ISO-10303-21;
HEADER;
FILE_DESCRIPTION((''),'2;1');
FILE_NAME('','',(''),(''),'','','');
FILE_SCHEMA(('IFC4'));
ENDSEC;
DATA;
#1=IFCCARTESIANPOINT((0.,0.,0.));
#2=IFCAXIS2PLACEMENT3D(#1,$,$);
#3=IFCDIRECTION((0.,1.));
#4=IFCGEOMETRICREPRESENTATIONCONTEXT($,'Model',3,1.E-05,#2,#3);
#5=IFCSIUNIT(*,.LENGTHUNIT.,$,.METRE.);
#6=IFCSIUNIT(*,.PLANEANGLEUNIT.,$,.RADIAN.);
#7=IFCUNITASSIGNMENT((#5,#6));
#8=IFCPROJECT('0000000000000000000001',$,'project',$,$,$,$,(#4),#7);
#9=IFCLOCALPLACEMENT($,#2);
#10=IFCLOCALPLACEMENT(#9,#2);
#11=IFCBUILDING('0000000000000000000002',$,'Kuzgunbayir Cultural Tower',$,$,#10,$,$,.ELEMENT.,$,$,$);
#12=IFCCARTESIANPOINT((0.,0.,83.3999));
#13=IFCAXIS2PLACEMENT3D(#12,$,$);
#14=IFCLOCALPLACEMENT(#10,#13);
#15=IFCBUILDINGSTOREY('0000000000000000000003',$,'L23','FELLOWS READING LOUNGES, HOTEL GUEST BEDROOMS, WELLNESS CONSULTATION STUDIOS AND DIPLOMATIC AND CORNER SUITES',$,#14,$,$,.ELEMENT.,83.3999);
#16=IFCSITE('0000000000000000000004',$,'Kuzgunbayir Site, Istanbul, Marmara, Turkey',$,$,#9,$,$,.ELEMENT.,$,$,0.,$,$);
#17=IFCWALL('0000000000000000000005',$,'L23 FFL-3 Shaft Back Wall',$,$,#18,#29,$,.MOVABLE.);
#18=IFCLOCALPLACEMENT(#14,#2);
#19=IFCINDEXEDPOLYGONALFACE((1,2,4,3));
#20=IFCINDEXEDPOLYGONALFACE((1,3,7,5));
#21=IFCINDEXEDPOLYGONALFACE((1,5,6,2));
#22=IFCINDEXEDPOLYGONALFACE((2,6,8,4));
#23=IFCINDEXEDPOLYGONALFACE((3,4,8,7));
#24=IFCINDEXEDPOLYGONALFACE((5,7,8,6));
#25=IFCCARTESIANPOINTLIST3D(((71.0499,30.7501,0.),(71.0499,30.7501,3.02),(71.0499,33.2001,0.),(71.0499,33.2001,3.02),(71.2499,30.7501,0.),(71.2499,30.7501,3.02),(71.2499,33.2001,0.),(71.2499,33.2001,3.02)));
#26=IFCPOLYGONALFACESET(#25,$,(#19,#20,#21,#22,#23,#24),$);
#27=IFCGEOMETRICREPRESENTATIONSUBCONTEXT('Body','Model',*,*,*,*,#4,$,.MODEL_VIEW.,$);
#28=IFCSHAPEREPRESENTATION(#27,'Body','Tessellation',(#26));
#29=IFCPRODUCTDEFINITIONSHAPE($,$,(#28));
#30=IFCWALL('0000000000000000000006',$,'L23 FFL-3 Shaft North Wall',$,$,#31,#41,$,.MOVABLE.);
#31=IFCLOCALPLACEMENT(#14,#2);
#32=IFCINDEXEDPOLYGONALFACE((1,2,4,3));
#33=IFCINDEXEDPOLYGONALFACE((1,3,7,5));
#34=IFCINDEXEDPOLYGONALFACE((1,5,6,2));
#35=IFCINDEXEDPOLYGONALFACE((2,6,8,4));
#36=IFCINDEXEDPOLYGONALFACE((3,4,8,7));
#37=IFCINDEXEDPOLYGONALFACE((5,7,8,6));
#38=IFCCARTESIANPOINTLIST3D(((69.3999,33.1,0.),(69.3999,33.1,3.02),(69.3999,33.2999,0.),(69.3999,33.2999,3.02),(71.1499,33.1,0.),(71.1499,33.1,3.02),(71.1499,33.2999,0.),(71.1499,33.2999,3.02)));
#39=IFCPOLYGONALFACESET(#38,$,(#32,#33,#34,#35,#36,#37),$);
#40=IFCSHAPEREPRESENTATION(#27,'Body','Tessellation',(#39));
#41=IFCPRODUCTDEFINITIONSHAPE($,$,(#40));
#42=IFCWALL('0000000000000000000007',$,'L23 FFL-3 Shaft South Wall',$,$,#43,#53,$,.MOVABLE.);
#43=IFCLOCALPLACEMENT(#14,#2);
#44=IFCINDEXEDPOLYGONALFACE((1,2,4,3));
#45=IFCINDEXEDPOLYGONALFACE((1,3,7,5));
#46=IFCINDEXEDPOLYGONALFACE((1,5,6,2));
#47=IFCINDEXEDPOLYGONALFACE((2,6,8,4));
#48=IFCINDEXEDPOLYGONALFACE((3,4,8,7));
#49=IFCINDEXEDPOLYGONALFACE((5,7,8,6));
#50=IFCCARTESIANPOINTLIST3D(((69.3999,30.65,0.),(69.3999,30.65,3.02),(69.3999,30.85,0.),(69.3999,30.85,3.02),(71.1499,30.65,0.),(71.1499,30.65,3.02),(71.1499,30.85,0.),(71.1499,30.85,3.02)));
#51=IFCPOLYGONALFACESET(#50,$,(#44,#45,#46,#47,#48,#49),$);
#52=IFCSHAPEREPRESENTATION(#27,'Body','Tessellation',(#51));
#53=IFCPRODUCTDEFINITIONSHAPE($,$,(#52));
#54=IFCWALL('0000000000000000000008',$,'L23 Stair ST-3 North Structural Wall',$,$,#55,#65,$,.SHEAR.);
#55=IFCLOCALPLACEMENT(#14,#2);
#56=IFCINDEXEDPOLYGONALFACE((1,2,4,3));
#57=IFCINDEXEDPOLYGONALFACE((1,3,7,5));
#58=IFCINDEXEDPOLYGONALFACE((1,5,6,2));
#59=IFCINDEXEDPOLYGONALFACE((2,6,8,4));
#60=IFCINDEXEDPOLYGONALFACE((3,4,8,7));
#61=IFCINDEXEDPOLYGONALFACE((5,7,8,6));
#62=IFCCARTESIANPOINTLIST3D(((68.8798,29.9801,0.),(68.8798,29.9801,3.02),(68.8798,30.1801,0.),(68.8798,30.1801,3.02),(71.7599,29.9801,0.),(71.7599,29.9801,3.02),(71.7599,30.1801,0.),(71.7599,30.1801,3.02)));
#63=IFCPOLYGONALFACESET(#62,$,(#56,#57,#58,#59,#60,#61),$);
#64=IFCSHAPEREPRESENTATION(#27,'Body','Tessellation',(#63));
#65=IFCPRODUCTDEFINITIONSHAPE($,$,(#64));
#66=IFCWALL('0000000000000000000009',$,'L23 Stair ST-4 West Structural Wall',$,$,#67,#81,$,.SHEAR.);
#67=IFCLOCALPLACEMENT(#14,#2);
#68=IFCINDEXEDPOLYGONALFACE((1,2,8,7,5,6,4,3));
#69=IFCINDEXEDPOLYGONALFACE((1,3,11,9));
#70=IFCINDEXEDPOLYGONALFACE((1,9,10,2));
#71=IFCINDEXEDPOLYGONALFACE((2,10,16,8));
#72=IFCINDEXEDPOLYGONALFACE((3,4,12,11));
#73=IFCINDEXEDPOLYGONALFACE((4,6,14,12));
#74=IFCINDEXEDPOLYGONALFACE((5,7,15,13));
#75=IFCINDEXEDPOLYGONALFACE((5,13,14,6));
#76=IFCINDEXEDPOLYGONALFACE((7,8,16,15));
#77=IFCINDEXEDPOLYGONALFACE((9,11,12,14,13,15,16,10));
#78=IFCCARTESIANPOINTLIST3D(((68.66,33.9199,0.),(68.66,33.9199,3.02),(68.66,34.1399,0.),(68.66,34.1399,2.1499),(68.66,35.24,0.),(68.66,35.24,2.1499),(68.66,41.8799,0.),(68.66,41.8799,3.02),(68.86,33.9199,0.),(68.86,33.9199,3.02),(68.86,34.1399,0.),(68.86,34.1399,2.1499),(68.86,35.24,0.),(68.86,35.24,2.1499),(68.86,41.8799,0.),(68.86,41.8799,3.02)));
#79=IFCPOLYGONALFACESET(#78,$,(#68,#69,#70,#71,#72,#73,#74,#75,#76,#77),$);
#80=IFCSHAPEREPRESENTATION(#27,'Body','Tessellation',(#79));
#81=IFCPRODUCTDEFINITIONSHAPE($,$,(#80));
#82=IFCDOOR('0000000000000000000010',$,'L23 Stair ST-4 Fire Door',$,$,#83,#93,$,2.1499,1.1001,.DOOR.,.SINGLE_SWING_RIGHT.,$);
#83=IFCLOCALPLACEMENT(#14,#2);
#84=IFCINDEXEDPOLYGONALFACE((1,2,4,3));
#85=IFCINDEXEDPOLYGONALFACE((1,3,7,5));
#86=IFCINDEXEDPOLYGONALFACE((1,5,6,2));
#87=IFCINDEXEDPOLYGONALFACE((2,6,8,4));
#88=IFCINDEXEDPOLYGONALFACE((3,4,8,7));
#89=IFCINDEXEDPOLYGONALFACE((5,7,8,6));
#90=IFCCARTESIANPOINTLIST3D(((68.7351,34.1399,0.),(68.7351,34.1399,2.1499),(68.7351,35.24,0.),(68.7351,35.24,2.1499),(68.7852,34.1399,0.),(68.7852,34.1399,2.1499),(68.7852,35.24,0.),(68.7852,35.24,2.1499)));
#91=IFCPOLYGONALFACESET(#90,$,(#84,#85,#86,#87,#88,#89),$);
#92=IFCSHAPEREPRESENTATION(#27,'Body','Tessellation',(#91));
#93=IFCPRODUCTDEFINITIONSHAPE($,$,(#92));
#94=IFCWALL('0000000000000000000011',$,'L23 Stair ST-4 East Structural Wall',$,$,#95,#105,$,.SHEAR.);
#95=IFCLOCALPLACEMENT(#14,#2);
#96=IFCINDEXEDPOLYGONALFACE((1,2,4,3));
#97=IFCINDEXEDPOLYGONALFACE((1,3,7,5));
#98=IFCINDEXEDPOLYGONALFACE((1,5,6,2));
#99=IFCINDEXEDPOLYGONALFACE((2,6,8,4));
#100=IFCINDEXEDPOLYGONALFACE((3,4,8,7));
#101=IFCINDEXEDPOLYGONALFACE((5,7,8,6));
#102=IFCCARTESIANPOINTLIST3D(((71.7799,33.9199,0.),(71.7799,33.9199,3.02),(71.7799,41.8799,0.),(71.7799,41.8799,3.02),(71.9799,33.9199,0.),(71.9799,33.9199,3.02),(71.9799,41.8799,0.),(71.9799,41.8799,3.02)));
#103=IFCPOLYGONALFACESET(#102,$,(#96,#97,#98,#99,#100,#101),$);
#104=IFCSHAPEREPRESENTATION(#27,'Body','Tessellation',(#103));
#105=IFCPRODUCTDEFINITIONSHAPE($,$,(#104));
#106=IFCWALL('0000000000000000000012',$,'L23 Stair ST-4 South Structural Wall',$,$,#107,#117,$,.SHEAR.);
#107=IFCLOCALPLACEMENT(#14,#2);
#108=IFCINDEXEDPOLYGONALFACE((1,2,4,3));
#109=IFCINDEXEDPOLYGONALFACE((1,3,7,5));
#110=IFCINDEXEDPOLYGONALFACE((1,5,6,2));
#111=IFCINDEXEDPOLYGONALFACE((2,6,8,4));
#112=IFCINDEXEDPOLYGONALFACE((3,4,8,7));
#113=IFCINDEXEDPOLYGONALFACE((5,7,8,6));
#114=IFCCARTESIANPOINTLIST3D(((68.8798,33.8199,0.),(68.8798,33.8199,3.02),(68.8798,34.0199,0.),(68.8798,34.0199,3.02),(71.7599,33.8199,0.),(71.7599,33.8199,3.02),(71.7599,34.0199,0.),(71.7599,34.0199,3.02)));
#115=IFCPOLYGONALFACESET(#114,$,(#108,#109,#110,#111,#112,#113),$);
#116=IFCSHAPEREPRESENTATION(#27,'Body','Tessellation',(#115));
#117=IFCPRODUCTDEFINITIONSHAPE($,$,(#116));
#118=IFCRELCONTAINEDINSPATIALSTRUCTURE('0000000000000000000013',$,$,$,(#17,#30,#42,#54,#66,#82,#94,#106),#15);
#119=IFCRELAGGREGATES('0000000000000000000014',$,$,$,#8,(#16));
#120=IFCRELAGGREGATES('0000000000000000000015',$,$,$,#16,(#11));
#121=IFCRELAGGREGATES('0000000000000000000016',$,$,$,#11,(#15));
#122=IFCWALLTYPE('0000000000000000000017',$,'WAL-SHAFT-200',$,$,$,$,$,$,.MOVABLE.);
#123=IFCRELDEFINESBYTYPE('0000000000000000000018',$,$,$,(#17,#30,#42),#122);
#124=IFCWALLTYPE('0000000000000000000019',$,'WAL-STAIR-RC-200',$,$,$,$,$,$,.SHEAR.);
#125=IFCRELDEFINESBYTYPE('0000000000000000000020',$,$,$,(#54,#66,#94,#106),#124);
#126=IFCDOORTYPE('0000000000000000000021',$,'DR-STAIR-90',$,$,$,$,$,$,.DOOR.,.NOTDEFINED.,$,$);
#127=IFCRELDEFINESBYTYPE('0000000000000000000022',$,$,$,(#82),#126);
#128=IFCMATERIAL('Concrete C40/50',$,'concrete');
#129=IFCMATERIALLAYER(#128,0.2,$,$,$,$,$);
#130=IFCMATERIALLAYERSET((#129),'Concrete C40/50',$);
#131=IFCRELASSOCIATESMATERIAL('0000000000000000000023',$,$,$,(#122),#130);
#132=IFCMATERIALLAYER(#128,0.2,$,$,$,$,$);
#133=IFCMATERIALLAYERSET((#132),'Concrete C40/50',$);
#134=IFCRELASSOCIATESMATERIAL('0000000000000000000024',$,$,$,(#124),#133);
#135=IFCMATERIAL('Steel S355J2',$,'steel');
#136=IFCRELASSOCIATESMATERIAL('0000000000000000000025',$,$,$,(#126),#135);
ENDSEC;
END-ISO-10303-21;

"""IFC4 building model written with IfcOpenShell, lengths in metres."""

from ifc_helpers import new_model, si_unit, direction, frame, frame_2d, origin, place, context, subcontext, project, spatial, rectangle, extrude, material, layer, layer_set, type_object, element, fill, save


model = new_model("IFC4")

# Units and contexts
model_context = context("Model", 3, precision=1e-05, world=origin(), true_north=direction((0.0, 1.0)))
body_context = subcontext(model_context, "Body", "Model", "MODEL_VIEW")
ifc_project = project(units=[si_unit("LENGTHUNIT", "METRE"), si_unit("PLANEANGLEUNIT", "RADIAN")], contexts=[model_context])

# Site, building, storey
site_placement = place(None, origin())
site = spatial("IfcSite", under=ifc_project, at=site_placement, Name="Kuzgunbayir Site, Istanbul, Marmara, Turkey", CompositionType="ELEMENT", RefElevation=0.0)
building_placement = place(site_placement, origin())
building = spatial("IfcBuilding", under=site, at=building_placement, Name="Kuzgunbayir Cultural Tower", CompositionType="ELEMENT")
storey_placement = place(building_placement, frame((0.0, 0.0, 83.3999)))
storey = spatial("IfcBuildingStorey", under=building, at=storey_placement, Name="L23", Description="FELLOWS READING LOUNGES, HOTEL GUEST BEDROOMS, WELLNESS CONSULTATION STUDIOS AND DIPLOMATIC AND CORNER SUITES", CompositionType="ELEMENT", Elevation=83.3999)

# Shared definitions
ifc_material_1 = material(Name="Steel S355J2", Category="steel")

# Shared definitions
ifc_material_2 = material(Name="Concrete C40/50", Category="concrete")
ifc_layer_1 = layer(ifc_material_2, 0.2)
ifc_layer_set_1 = layer_set([ifc_layer_1], Name="Concrete C40/50")
wall_type_1 = type_object("IfcWallType", Name="WAL-SHAFT-200", PredefinedType="MOVABLE", material=ifc_layer_set_1)

# Walls
wall_1_placement = place(storey_placement, frame((71.1499, 30.75, 0.0), z_axis=(0.0, 0.0, 1.0), x_axis=(0.0, 1.0, 0.0)))
element("IfcWall", 1, at=wall_1_placement, inside=storey, type_object=wall_type_1, Name="L23 FFL-3 Shaft Back Wall", PredefinedType="MOVABLE", context=body_context, shape_type="SweptSolid", body=[
    extrude(rectangle(XDim=2.45, YDim=0.2, at=frame_2d((1.2251, 0.0))), origin(), (0.0, 0.0, 1.0), 3.02),
])
for number, where, z_axis, x_axis, name in (
    (2, (69.3999, 33.2, 0.0), (0.0, 0.0, 1.0), (1.0, 0.0, 0.0), "L23 FFL-3 Shaft North Wall"),
    (3, (69.3999, 30.75, 0.0), (0.0, 0.0, 1.0), (1.0, 0.0, 0.0), "L23 FFL-3 Shaft South Wall"),
):
    element("IfcWall", number, at=place(storey_placement, frame(where, z_axis=z_axis, x_axis=x_axis)), inside=storey, type_object=wall_type_1, Name=name, PredefinedType="MOVABLE", context=body_context, shape_type="SweptSolid", body=[
        extrude(rectangle(XDim=1.75, YDim=0.2, at=frame_2d((0.875, 0.0))), origin(), (0.0, 0.0, 1.0), 3.02),
    ])
ifc_layer_2 = layer(ifc_material_2, 0.2)
ifc_layer_set_2 = layer_set([ifc_layer_2], Name="Concrete C40/50")
wall_type_2 = type_object("IfcWallType", Name="WAL-STAIR-RC-200", PredefinedType="SHEAR", material=ifc_layer_set_2)
wall_2_placement = place(storey_placement, frame((68.8799, 30.0801, 0.0), z_axis=(0.0, 0.0, 1.0), x_axis=(1.0, 0.0, 0.0)))
element("IfcWall", 4, at=wall_2_placement, inside=storey, type_object=wall_type_2, Name="L23 Stair ST-3 North Structural Wall", PredefinedType="SHEAR", context=body_context, shape_type="SweptSolid", body=[
    extrude(rectangle(XDim=2.8801, YDim=0.2, at=frame_2d((1.4399, 0.0))), origin(), (0.0, 0.0, 1.0), 3.02),
])

# Wall, opening, door
wall_3_placement = place(storey_placement, frame((68.76, 33.9199, 0.0), z_axis=(0.0, 0.0, 1.0), x_axis=(0.0, 1.0, 0.0)))
wall_3 = element("IfcWall", 5, at=wall_3_placement, inside=storey, type_object=wall_type_2, Name="L23 Stair ST-4 West Structural Wall", PredefinedType="SHEAR", context=body_context, shape_type="SweptSolid", body=[
    extrude(rectangle(XDim=7.96, YDim=0.2, at=frame_2d((3.98, 0.0))), origin(), (0.0, 0.0, 1.0), 3.02),
])
opening_1_placement = place(wall_3_placement, frame((0.22, 0.0, 0.0)))
opening_1 = element("IfcOpeningElement", 6, at=opening_1_placement, cuts=wall_3, PredefinedType="OPENING", context=body_context, shape_type="SweptSolid", body=[
    extrude(rectangle(XDim=1.1001, YDim=2.1499, at=frame_2d((0.55, 1.075))), frame((0.0, 0.1099, 0.0), z_axis=(0.0, -1.0, 0.0), x_axis=(1.0, 0.0, 0.0)), (0.0, 0.0, 1.0), 0.22),
])
door_type_1 = type_object("IfcDoorType", Name="DR-STAIR-90", OperationType="NOTDEFINED", PredefinedType="DOOR", material=ifc_material_1)
door_1_placement = place(opening_1_placement, origin())
door_1 = element("IfcDoor", 7, at=door_1_placement, inside=storey, type_object=door_type_1, Name="L23 Stair ST-4 Fire Door", OperationType="SINGLE_SWING_RIGHT", OverallHeight=2.1499, OverallWidth=1.1001, PredefinedType="DOOR", context=body_context, shape_type="SweptSolid", body=[
    extrude(rectangle(XDim=1.1001, YDim=2.1499, at=frame_2d((0.55, 1.075))), frame((0.0, 0.0249, 0.0), z_axis=(0.0, -1.0, 0.0), x_axis=(1.0, 0.0, 0.0)), (0.0, 0.0, 1.0), 0.05),
])
fill(opening_1, door_1)

# Walls
wall_4_placement = place(storey_placement, frame((71.8799, 33.9199, 0.0), z_axis=(0.0, 0.0, 1.0), x_axis=(0.0, 1.0, 0.0)))
element("IfcWall", 8, at=wall_4_placement, inside=storey, type_object=wall_type_2, Name="L23 Stair ST-4 East Structural Wall", PredefinedType="SHEAR", context=body_context, shape_type="SweptSolid", body=[
    extrude(rectangle(XDim=7.96, YDim=0.2, at=frame_2d((3.98, 0.0))), origin(), (0.0, 0.0, 1.0), 3.02),
])
wall_5_placement = place(storey_placement, frame((68.8799, 33.9199, 0.0), z_axis=(0.0, 0.0, 1.0), x_axis=(1.0, 0.0, 0.0)))
element("IfcWall", 9, at=wall_5_placement, inside=storey, type_object=wall_type_2, Name="L23 Stair ST-4 South Structural Wall", PredefinedType="SHEAR", context=body_context, shape_type="SweptSolid", body=[
    extrude(rectangle(XDim=2.8801, YDim=0.2, at=frame_2d((1.4399, 0.0))), origin(), (0.0, 0.0, 1.0), 3.02),
])

save(model, "model.ifc")
